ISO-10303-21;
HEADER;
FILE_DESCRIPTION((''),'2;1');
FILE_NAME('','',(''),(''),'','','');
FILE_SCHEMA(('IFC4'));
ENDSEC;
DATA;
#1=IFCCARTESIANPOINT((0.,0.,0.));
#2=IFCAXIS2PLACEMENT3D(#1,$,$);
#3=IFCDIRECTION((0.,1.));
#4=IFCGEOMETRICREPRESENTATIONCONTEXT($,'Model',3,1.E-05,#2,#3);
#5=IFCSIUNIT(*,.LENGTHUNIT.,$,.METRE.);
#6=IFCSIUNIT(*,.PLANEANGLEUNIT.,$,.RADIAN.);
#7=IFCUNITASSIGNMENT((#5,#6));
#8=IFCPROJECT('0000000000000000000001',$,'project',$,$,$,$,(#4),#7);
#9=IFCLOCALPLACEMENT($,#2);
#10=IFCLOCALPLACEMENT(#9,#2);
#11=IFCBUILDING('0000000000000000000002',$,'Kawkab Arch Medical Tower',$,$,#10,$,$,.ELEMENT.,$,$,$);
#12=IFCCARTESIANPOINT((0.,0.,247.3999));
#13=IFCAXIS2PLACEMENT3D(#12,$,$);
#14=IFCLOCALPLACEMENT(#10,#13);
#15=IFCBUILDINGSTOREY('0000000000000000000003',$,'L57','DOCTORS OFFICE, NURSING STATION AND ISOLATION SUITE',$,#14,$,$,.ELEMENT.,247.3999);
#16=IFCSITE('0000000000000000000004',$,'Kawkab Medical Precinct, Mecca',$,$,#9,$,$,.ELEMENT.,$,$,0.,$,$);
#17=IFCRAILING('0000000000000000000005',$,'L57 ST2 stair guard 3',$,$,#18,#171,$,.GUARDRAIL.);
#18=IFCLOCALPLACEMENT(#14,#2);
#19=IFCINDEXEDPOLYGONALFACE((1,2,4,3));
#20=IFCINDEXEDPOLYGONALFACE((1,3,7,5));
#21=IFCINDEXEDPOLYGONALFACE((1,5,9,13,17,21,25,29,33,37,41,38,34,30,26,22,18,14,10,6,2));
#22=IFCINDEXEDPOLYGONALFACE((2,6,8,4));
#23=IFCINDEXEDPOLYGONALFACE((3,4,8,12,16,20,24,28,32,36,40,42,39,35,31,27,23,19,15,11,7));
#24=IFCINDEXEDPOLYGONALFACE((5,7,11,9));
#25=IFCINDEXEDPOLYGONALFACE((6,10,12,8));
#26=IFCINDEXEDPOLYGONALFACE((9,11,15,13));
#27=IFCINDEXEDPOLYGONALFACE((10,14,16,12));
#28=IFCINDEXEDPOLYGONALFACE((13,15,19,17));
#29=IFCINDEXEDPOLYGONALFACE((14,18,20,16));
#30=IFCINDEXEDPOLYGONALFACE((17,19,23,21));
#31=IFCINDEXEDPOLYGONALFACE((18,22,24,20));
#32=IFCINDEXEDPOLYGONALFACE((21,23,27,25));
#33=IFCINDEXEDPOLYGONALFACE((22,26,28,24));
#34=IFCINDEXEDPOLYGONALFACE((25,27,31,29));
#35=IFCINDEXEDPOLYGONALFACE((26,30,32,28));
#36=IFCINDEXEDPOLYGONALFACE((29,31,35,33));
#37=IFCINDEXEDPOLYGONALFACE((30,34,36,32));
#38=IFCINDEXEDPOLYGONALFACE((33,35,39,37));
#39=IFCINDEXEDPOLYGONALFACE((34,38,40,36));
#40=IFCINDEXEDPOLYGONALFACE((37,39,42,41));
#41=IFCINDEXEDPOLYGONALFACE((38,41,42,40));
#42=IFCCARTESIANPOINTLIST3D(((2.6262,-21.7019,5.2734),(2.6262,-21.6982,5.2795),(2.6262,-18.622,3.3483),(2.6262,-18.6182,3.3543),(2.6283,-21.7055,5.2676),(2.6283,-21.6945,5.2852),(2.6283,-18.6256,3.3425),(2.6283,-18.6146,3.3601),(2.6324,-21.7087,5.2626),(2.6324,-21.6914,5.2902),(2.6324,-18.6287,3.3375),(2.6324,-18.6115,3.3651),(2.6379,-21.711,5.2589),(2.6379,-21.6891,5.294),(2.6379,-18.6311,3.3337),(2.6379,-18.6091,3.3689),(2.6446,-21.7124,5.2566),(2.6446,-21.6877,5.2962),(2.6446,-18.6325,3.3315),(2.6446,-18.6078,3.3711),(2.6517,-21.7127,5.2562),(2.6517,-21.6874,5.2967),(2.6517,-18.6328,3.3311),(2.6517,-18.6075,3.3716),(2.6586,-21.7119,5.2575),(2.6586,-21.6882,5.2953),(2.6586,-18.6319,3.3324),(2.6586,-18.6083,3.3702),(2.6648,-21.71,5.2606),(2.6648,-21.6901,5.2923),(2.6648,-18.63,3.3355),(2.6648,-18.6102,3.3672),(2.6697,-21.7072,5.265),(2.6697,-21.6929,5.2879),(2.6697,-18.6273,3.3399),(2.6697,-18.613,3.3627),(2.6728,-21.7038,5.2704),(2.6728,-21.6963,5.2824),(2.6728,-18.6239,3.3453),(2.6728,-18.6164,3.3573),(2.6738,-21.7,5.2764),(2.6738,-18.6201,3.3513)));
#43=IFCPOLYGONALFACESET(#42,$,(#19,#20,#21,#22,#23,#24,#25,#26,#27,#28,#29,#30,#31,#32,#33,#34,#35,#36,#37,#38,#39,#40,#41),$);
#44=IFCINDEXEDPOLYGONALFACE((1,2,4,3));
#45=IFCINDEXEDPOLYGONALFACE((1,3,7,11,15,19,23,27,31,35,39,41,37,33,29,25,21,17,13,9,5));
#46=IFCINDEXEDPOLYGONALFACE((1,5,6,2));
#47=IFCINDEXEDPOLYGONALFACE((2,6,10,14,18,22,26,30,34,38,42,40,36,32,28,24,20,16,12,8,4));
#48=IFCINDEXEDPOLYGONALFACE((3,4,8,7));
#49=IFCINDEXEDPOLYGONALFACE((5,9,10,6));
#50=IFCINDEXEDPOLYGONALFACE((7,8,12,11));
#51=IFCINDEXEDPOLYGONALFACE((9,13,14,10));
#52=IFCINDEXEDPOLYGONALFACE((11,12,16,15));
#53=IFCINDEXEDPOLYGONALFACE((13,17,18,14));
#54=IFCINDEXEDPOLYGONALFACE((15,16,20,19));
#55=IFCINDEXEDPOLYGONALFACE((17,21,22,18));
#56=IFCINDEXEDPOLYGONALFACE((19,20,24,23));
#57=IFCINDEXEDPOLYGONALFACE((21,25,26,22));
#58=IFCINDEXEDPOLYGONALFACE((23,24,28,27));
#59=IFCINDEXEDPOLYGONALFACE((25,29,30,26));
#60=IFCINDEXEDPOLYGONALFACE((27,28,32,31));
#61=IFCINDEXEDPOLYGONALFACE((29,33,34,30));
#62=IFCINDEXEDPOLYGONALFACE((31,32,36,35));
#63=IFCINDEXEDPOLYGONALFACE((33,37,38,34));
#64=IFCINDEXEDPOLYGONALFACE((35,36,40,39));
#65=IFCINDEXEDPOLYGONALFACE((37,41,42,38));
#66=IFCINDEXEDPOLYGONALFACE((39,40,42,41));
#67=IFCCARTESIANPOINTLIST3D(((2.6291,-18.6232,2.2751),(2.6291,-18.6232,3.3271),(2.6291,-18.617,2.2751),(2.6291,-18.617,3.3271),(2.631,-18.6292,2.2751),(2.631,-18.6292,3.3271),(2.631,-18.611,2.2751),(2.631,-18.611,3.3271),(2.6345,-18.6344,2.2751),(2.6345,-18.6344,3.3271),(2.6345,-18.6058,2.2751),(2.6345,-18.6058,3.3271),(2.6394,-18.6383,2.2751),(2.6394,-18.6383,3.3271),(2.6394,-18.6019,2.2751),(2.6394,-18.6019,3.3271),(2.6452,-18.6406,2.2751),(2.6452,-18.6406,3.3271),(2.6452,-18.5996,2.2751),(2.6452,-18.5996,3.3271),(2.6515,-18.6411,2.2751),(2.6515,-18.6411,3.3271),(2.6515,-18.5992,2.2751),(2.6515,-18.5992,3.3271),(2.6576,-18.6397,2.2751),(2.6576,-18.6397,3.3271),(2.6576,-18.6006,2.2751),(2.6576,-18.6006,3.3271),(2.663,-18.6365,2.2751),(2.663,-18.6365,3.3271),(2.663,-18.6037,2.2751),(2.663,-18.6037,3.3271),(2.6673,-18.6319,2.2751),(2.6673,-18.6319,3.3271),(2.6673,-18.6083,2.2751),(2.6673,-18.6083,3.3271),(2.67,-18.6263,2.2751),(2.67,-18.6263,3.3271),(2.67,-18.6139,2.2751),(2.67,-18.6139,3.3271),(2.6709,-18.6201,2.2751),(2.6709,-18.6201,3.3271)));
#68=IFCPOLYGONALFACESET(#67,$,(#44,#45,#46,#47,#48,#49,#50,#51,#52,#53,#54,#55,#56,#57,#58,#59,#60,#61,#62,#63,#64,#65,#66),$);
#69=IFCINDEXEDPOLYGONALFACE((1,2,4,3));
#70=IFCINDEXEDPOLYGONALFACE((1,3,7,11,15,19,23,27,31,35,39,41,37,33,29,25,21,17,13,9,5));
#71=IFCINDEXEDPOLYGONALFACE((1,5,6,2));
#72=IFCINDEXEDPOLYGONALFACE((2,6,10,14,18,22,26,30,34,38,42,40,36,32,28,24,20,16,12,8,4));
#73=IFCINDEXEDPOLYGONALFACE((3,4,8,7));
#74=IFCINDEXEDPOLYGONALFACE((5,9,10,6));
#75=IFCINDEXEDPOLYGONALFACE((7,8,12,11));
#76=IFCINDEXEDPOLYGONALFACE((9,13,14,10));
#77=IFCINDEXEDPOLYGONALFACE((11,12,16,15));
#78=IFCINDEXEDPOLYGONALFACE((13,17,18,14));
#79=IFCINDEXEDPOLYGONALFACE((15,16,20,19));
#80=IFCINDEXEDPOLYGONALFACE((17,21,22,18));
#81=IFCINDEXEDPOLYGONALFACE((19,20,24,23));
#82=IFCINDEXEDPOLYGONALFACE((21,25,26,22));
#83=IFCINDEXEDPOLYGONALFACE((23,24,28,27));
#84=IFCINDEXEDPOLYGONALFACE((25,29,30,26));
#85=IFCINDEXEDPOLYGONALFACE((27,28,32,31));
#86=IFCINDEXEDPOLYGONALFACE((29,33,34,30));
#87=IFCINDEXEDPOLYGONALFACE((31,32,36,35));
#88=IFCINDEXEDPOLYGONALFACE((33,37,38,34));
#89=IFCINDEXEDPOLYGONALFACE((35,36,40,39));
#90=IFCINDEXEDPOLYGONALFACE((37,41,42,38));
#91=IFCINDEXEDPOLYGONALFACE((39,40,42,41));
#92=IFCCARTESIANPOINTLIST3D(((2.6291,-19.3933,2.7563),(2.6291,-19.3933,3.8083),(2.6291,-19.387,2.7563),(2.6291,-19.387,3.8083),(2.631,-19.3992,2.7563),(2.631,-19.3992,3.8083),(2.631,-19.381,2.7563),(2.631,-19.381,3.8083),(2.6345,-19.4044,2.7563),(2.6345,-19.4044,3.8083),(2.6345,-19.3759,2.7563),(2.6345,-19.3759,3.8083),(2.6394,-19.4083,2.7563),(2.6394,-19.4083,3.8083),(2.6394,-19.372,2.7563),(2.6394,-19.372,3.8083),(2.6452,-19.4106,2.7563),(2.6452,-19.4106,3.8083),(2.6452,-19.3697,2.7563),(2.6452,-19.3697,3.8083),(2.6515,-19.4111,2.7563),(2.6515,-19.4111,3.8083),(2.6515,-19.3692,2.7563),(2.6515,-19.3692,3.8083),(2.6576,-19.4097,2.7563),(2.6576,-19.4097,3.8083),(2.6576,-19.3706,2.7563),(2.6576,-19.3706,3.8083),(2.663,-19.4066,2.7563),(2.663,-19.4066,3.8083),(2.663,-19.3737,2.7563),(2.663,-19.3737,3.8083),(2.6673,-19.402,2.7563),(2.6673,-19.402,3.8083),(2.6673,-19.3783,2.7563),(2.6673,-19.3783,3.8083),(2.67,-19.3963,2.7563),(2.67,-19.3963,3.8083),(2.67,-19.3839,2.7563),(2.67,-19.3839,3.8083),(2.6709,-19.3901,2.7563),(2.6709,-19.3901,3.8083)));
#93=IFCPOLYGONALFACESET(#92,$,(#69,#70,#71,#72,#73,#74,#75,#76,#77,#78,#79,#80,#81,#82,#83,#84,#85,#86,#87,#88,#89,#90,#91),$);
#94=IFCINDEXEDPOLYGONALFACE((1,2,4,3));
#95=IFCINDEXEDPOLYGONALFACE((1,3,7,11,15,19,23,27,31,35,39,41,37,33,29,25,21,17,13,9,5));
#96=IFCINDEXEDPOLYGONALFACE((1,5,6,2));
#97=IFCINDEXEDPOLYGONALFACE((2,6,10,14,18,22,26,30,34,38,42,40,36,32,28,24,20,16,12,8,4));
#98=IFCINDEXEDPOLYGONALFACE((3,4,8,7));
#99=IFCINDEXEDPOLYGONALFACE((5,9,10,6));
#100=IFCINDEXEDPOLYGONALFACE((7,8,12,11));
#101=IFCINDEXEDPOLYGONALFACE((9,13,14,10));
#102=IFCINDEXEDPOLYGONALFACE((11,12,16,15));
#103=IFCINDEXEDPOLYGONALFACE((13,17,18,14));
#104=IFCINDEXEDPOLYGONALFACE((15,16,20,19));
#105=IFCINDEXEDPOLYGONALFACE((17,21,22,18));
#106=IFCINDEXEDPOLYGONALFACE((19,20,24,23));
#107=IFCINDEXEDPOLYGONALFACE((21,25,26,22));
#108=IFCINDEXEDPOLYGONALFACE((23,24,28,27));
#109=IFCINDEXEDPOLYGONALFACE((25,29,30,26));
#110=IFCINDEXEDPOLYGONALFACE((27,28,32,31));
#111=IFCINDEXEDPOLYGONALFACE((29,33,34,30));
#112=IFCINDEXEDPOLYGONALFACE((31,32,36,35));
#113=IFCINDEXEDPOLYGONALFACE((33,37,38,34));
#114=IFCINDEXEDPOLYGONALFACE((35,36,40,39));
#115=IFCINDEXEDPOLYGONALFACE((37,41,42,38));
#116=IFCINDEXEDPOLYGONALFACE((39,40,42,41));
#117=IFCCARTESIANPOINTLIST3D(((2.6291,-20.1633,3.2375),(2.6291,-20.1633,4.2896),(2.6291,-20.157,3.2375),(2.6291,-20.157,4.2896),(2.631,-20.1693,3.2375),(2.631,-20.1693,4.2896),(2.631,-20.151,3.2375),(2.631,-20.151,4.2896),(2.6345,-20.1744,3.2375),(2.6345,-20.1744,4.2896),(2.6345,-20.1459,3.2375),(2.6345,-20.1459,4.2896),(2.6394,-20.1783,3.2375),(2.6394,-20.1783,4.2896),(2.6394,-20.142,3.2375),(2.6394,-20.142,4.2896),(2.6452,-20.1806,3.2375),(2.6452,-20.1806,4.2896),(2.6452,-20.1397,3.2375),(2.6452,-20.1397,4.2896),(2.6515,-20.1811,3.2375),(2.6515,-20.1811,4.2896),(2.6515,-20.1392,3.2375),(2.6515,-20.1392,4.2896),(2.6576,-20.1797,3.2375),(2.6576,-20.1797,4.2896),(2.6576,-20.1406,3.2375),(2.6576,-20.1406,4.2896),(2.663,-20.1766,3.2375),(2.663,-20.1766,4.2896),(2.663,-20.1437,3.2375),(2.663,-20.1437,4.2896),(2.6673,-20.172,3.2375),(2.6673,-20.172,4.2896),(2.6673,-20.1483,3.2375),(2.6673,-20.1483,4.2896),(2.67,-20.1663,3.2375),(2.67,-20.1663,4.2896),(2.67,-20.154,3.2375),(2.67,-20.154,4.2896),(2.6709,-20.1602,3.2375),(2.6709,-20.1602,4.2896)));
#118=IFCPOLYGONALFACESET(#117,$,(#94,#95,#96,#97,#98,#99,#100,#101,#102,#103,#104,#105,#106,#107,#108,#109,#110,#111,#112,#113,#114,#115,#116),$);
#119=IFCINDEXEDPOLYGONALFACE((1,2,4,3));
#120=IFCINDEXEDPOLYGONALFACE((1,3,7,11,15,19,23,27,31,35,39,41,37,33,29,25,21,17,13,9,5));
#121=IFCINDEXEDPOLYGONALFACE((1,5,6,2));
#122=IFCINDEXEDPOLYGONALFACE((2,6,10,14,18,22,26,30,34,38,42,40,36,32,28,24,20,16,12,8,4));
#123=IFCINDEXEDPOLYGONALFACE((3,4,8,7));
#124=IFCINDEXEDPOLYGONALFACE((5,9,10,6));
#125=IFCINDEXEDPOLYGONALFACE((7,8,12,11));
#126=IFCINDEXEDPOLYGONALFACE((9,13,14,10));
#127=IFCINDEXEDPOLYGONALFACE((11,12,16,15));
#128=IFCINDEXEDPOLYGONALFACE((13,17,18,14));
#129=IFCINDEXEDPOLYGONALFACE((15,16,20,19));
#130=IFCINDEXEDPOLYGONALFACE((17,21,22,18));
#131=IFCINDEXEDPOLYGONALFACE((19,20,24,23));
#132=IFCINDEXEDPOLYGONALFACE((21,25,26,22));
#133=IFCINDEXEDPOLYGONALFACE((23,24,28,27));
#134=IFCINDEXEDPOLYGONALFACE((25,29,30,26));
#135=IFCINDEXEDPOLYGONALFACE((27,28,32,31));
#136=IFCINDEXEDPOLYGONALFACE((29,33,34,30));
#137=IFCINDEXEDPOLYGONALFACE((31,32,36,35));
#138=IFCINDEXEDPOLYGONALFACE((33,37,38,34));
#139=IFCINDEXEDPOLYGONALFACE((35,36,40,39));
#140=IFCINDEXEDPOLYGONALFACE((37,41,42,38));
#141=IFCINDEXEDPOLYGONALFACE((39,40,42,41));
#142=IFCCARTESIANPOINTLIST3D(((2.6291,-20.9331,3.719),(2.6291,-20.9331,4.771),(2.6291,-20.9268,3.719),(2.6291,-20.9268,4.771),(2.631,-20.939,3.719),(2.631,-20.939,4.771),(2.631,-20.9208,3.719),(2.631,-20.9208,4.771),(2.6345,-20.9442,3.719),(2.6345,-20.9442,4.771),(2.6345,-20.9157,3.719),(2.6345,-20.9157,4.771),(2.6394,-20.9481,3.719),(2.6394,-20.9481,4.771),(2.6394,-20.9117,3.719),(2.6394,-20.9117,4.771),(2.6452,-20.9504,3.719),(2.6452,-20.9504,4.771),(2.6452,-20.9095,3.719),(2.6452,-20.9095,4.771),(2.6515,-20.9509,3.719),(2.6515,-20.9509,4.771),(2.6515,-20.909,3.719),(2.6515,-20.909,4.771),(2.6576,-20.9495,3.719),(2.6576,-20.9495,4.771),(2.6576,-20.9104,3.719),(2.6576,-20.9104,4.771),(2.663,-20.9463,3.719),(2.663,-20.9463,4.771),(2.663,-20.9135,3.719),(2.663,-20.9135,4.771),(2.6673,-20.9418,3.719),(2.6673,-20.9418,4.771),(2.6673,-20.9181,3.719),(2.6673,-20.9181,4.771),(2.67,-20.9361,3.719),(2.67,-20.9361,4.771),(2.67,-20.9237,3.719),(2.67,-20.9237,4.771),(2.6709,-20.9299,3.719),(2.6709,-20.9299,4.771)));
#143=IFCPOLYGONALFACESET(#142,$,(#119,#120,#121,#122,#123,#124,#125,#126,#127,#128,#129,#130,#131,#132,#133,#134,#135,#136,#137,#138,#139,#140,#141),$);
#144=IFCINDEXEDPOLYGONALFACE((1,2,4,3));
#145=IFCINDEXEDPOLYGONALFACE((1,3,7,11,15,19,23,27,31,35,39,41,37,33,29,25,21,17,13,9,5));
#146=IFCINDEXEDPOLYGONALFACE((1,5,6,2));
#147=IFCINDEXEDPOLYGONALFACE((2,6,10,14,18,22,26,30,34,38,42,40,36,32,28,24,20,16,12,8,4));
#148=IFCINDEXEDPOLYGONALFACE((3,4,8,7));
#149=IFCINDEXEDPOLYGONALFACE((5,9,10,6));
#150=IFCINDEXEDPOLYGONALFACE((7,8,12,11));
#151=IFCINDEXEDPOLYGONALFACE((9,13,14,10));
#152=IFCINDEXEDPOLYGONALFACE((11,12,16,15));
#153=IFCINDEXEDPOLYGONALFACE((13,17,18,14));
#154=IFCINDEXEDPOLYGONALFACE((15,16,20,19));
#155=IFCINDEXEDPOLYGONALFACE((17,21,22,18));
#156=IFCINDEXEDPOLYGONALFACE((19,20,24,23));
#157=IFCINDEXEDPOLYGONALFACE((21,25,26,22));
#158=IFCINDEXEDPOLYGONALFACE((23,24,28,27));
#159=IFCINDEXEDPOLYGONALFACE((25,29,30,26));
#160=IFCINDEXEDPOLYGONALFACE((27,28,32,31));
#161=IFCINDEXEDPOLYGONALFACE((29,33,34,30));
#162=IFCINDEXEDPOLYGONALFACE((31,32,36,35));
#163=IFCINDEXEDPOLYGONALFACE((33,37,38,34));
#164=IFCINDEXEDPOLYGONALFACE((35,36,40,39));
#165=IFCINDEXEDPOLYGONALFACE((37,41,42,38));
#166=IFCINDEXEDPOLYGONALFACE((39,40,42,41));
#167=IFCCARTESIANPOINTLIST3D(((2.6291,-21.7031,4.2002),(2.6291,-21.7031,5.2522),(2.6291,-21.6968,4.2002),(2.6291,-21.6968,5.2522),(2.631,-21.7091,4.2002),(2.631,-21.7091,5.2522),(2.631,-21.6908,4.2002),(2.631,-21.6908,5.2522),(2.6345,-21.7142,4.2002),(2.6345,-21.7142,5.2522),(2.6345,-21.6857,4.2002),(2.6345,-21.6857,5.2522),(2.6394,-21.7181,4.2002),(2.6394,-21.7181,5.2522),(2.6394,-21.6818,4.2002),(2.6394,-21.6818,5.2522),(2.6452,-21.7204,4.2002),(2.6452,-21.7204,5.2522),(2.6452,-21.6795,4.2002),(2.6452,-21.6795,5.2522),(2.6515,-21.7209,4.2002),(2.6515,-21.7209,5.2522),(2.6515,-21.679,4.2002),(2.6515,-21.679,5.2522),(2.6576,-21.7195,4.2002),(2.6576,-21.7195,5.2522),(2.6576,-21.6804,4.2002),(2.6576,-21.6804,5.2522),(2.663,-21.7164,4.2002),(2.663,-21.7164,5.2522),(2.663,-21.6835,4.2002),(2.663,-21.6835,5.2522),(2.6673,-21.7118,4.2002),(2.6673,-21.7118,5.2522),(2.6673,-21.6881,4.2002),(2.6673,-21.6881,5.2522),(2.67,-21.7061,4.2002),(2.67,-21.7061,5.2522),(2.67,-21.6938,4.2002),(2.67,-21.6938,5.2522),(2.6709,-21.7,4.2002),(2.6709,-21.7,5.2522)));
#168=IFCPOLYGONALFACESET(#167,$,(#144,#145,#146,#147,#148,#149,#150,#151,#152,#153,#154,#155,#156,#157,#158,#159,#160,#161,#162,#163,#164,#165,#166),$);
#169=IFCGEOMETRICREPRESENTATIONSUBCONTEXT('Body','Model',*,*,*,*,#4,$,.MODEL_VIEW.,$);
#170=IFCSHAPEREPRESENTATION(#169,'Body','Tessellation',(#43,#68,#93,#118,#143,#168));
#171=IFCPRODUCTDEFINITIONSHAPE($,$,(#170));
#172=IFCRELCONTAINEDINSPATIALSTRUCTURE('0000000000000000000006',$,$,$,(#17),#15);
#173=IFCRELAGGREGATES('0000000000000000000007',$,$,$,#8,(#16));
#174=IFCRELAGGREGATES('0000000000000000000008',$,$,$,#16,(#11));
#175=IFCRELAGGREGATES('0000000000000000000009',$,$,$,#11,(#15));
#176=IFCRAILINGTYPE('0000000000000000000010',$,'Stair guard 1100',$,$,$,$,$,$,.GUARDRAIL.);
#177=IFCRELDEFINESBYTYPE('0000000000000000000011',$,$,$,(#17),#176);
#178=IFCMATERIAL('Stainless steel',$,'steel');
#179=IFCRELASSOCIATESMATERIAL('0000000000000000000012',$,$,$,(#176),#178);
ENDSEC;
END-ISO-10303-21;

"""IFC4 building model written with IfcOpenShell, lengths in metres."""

from ifc_helpers import new_model, si_unit, direction, frame, origin, origin_2d, place, context, subcontext, project, spatial, circle, extrude, material, type_object, element, save


model = new_model("IFC4")

# Units and contexts
model_context = context("Model", 3, precision=1e-05, world=origin(), true_north=direction((0.0, 1.0)))
body_context = subcontext(model_context, "Body", "Model", "MODEL_VIEW")
ifc_project = project(units=[si_unit("LENGTHUNIT", "METRE"), si_unit("PLANEANGLEUNIT", "RADIAN")], contexts=[model_context])

# Site, building, storey
site_placement = place(None, origin())
site = spatial("IfcSite", under=ifc_project, at=site_placement, Name="Kawkab Medical Precinct, Mecca", CompositionType="ELEMENT", RefElevation=0.0)
building_placement = place(site_placement, origin())
building = spatial("IfcBuilding", under=site, at=building_placement, Name="Kawkab Arch Medical Tower", CompositionType="ELEMENT")
storey_placement = place(building_placement, frame((0.0, 0.0, 247.3999)))
storey = spatial("IfcBuildingStorey", under=building, at=storey_placement, Name="L57", Description="DOCTORS OFFICE, NURSING STATION AND ISOLATION SUITE", CompositionType="ELEMENT", Elevation=247.3999)

# Railing
ifc_material_1 = material(Name="Stainless steel", Category="steel")
railing_type_1 = type_object("IfcRailingType", Name="Stair guard 1100", PredefinedType="GUARDRAIL", material=ifc_material_1)
railing_1_placement = place(storey_placement, frame((2.6499, -18.6201, 2.2751)))
element("IfcRailing", 1, at=railing_1_placement, inside=storey, type_object=railing_type_1, Name="L57 ST2 stair guard 3", PredefinedType="GUARDRAIL", context=body_context, shape_type="SweptSolid", body=[
    extrude(circle(Radius=0.0239, at=origin_2d()), frame((0.0, 0.0, 1.0762), z_axis=(0.0, -0.847979, 0.530029), x_axis=(1.0, 0.0, 0.0)), (0.0, 0.0, 1.0), 3.6321),
    extrude(circle(Radius=0.021, at=origin_2d()), origin(), (0.0, 0.0, 1.0), 1.052),
    extrude(circle(Radius=0.021, at=origin_2d()), frame((0.0, -0.77, 0.4812)), (0.0, 0.0, 1.0), 1.052),
    extrude(circle(Radius=0.021, at=origin_2d()), frame((0.0, -1.54, 0.9624)), (0.0, 0.0, 1.0), 1.052),
    extrude(circle(Radius=0.021, at=origin_2d()), frame((0.0, -2.3098, 1.4438)), (0.0, 0.0, 1.0), 1.052),
    extrude(circle(Radius=0.021, at=origin_2d()), frame((0.0, -3.0798, 1.925)), (0.0, 0.0, 1.0), 1.052),
])

save(model, "model.ifc")
